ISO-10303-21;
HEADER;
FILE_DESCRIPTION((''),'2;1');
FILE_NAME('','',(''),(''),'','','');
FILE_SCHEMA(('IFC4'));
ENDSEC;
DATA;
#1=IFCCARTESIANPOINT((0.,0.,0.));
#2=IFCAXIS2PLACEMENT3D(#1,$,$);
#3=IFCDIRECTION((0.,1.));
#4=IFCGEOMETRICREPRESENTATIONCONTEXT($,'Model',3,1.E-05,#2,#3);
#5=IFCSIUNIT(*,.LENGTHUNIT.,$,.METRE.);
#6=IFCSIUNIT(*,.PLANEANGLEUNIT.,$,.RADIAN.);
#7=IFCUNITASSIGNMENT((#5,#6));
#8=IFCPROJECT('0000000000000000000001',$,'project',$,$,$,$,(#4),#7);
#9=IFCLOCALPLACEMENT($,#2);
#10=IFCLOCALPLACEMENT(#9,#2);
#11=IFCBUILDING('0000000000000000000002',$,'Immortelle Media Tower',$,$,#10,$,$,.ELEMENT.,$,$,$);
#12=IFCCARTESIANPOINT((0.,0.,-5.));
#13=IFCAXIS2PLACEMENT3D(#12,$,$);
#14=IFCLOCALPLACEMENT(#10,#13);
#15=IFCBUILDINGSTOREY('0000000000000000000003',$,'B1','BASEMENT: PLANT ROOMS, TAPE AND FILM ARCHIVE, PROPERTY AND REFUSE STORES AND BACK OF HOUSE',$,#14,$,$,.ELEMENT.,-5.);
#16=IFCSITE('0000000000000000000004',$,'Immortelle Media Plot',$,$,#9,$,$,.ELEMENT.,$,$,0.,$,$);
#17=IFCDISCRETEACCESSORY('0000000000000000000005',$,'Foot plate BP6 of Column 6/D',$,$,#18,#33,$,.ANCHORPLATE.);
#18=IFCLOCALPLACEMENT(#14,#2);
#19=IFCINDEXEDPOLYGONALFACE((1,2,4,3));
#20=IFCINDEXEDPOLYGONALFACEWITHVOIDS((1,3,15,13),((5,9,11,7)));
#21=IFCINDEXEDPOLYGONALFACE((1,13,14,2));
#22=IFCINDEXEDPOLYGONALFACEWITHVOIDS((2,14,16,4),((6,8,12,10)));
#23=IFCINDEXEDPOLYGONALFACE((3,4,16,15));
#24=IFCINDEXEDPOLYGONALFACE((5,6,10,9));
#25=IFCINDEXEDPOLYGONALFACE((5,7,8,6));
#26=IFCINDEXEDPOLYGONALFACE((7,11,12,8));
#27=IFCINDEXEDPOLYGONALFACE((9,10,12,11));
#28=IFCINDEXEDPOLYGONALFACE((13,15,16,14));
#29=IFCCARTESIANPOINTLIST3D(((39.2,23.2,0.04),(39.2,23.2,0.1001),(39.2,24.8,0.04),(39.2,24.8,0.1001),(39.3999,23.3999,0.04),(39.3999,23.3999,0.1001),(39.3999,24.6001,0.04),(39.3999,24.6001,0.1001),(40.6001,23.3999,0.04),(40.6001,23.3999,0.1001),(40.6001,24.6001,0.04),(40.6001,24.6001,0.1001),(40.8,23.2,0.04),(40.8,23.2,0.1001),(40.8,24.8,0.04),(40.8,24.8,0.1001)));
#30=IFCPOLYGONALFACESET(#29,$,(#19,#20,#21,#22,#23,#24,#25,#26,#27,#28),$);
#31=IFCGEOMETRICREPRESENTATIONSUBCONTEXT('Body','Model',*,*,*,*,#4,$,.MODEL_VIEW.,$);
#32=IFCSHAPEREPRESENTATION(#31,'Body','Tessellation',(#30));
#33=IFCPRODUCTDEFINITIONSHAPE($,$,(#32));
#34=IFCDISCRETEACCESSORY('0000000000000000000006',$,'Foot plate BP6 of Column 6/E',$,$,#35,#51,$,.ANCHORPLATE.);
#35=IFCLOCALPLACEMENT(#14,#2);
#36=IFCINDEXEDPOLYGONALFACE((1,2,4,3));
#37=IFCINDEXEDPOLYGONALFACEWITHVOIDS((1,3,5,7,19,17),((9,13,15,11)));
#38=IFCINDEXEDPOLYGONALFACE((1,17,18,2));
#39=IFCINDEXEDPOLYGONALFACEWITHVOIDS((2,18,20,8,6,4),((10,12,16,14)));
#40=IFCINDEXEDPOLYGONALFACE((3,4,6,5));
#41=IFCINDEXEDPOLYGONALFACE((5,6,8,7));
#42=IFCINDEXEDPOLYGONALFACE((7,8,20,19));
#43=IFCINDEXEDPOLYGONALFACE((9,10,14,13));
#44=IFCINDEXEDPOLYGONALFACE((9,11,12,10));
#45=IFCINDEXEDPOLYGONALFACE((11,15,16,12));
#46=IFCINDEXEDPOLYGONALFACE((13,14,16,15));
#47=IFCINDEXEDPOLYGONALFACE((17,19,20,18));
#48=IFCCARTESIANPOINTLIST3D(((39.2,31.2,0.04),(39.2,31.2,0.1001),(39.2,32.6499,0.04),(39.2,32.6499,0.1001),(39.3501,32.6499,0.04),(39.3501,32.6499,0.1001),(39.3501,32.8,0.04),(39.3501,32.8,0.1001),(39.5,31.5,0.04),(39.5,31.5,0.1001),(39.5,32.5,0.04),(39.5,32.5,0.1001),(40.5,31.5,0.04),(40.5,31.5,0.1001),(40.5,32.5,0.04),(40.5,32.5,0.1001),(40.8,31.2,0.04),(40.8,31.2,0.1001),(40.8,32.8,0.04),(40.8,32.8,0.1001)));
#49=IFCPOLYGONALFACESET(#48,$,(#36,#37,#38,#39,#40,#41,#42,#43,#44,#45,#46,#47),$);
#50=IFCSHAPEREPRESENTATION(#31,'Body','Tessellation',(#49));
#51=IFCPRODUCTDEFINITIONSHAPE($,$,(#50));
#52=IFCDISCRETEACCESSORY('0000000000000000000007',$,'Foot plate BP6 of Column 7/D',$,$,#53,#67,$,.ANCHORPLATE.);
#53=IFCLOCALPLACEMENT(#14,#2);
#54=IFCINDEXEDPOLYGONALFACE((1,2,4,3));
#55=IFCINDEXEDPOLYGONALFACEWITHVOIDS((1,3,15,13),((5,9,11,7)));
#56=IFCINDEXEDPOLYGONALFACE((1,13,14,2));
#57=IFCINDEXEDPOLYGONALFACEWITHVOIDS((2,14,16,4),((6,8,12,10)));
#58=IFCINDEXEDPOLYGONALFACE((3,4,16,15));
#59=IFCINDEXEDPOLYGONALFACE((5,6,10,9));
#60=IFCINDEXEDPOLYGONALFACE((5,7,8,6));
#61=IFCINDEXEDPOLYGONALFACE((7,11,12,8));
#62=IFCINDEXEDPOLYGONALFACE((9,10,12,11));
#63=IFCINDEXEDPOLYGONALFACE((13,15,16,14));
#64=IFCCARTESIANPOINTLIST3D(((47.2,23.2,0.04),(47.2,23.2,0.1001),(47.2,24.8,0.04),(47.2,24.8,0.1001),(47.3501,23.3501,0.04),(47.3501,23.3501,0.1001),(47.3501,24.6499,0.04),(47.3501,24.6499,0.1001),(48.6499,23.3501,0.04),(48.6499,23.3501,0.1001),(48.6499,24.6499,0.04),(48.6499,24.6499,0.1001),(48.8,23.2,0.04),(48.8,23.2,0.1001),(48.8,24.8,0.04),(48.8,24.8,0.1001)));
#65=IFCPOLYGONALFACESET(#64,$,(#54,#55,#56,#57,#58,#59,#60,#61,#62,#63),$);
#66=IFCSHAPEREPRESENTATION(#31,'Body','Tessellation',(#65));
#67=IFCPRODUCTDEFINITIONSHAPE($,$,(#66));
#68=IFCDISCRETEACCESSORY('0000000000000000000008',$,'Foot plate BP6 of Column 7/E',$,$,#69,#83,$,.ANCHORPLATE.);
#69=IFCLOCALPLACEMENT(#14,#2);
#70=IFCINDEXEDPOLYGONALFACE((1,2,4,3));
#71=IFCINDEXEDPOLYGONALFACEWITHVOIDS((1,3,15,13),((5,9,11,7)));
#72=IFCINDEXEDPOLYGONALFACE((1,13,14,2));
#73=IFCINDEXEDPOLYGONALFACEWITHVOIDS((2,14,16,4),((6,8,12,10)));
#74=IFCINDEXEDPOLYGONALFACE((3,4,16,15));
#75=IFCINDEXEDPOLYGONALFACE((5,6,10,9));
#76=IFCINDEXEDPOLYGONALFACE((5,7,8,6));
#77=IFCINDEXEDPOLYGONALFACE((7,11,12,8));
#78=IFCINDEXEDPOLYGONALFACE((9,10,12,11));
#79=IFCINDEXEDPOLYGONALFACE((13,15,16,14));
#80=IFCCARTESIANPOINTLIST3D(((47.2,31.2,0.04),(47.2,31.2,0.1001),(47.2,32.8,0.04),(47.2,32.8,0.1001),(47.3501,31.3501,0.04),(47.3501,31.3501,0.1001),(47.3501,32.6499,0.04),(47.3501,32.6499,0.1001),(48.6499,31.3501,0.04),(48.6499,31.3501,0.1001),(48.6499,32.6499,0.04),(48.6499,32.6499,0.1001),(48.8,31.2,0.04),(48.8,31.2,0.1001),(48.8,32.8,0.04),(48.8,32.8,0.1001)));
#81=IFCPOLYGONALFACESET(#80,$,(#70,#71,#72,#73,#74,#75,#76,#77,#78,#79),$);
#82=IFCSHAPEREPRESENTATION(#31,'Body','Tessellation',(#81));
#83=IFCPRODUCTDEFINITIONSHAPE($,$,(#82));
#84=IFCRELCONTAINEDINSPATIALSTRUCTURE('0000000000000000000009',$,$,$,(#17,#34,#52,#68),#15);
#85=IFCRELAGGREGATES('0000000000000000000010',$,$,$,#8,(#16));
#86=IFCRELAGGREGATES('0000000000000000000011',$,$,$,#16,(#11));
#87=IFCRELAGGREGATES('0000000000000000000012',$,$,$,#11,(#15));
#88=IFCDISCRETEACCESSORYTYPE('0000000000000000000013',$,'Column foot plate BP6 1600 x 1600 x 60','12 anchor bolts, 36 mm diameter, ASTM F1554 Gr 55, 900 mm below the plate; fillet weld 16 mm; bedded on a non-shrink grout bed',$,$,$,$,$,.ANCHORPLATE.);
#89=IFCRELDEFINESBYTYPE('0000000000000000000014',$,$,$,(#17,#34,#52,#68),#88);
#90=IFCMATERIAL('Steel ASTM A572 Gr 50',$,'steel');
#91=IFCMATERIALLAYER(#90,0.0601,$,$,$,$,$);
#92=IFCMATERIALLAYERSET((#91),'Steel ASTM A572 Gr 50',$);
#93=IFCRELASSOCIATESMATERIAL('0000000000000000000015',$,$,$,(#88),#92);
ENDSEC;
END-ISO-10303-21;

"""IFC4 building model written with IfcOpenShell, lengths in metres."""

from ifc_helpers import new_model, si_unit, direction, frame, origin, place, context, subcontext, project, spatial, polyline, outline, extrude, material, layer, layer_set, type_object, element, save


model = new_model("IFC4")

# Units and contexts
model_context = context("Model", 3, precision=1e-05, world=origin(), true_north=direction((0.0, 1.0)))
body_context = subcontext(model_context, "Body", "Model", "MODEL_VIEW")
ifc_project = project(units=[si_unit("LENGTHUNIT", "METRE"), si_unit("PLANEANGLEUNIT", "RADIAN")], contexts=[model_context])

# Site, building, storey
site_placement = place(None, origin())
site = spatial("IfcSite", under=ifc_project, at=site_placement, Name="Immortelle Media Plot", CompositionType="ELEMENT", RefElevation=0.0)
building_placement = place(site_placement, origin())
building = spatial("IfcBuilding", under=site, at=building_placement, Name="Immortelle Media Tower", CompositionType="ELEMENT")
storey_placement = place(building_placement, frame((0.0, 0.0, -5.0)))
storey = spatial("IfcBuildingStorey", under=building, at=storey_placement, Name="B1", Description="BASEMENT: PLANT ROOMS, TAPE AND FILM ARCHIVE, PROPERTY AND REFUSE STORES AND BACK OF HOUSE", CompositionType="ELEMENT", Elevation=-5.0)

# Shared definitions
ifc_material_1 = material(Name="Steel ASTM A572 Gr 50", Category="steel")

# Discrete accessories
ifc_layer_1 = layer(ifc_material_1, 0.0601)
ifc_layer_set_1 = layer_set([ifc_layer_1], Name="Steel ASTM A572 Gr 50")
discrete_accessory_type = type_object("IfcDiscreteAccessoryType", Name="Column foot plate BP6 1600 x 1600 x 60", Description="12 anchor bolts, 36 mm diameter, ASTM F1554 Gr 55, 900 mm below the plate; fillet weld 16 mm; bedded on a non-shrink grout bed", PredefinedType="ANCHORPLATE", material=ifc_layer_set_1)
discrete_accessory_1_placement = place(storey_placement, frame((40.0, 24.0, 0.04), z_axis=(0.0, 0.0, 1.0), x_axis=(1.0, 0.0, 0.0)))
element("IfcDiscreteAccessory", 1, at=discrete_accessory_1_placement, inside=storey, type_object=discrete_accessory_type, Name="Foot plate BP6 of Column 6/D", PredefinedType="ANCHORPLATE", context=body_context, shape_type="SweptSolid", body=[
    extrude(outline(polyline([(-0.8, -0.8), (0.8, -0.8), (0.8, 0.8), (-0.8, 0.8), (-0.8, -0.8)]), holes=[polyline([(0.6001, 0.6001), (0.6001, -0.6001), (-0.6001, -0.6001), (-0.6001, 0.6001), (0.6001, 0.6001)])]), origin(), (0.0, 0.0, 1.0), 0.0601),
])
discrete_accessory_2_placement = place(storey_placement, frame((40.0, 32.0, 0.04), z_axis=(0.0, 0.0, 1.0), x_axis=(1.0, 0.0, 0.0)))
element("IfcDiscreteAccessory", 2, at=discrete_accessory_2_placement, inside=storey, type_object=discrete_accessory_type, Name="Foot plate BP6 of Column 6/E", PredefinedType="ANCHORPLATE", context=body_context, shape_type="SweptSolid", body=[
    extrude(outline(polyline([(0.8, -0.8), (0.8, 0.8), (-0.6499, 0.8), (-0.6499, 0.6499), (-0.8, 0.6499), (-0.8, -0.8), (0.8, -0.8)]), holes=[polyline([(0.5, 0.5), (0.5, -0.5), (-0.5, -0.5), (-0.5, 0.5), (0.5, 0.5)])]), origin(), (0.0, 0.0, 1.0), 0.0601),
])
for number, where, z_axis, x_axis, name in (
    (3, (48.0, 24.0, 0.04), (0.0, 0.0, 1.0), (1.0, 0.0, 0.0), "Foot plate BP6 of Column 7/D"),
    (4, (48.0, 32.0, 0.04), (0.0, 0.0, 1.0), (1.0, 0.0, 0.0), "Foot plate BP6 of Column 7/E"),
):
    element("IfcDiscreteAccessory", number, at=place(storey_placement, frame(where, z_axis=z_axis, x_axis=x_axis)), inside=storey, type_object=discrete_accessory_type, Name=name, PredefinedType="ANCHORPLATE", context=body_context, shape_type="SweptSolid", body=[
        extrude(outline(polyline([(-0.8, -0.8), (0.8, -0.8), (0.8, 0.8), (-0.8, 0.8), (-0.8, -0.8)]), holes=[polyline([(0.6499, 0.6499), (0.6499, -0.6499), (-0.6499, -0.6499), (-0.6499, 0.6499), (0.6499, 0.6499)])]), origin(), (0.0, 0.0, 1.0), 0.0601),
    ])

save(model, "model.ifc")
